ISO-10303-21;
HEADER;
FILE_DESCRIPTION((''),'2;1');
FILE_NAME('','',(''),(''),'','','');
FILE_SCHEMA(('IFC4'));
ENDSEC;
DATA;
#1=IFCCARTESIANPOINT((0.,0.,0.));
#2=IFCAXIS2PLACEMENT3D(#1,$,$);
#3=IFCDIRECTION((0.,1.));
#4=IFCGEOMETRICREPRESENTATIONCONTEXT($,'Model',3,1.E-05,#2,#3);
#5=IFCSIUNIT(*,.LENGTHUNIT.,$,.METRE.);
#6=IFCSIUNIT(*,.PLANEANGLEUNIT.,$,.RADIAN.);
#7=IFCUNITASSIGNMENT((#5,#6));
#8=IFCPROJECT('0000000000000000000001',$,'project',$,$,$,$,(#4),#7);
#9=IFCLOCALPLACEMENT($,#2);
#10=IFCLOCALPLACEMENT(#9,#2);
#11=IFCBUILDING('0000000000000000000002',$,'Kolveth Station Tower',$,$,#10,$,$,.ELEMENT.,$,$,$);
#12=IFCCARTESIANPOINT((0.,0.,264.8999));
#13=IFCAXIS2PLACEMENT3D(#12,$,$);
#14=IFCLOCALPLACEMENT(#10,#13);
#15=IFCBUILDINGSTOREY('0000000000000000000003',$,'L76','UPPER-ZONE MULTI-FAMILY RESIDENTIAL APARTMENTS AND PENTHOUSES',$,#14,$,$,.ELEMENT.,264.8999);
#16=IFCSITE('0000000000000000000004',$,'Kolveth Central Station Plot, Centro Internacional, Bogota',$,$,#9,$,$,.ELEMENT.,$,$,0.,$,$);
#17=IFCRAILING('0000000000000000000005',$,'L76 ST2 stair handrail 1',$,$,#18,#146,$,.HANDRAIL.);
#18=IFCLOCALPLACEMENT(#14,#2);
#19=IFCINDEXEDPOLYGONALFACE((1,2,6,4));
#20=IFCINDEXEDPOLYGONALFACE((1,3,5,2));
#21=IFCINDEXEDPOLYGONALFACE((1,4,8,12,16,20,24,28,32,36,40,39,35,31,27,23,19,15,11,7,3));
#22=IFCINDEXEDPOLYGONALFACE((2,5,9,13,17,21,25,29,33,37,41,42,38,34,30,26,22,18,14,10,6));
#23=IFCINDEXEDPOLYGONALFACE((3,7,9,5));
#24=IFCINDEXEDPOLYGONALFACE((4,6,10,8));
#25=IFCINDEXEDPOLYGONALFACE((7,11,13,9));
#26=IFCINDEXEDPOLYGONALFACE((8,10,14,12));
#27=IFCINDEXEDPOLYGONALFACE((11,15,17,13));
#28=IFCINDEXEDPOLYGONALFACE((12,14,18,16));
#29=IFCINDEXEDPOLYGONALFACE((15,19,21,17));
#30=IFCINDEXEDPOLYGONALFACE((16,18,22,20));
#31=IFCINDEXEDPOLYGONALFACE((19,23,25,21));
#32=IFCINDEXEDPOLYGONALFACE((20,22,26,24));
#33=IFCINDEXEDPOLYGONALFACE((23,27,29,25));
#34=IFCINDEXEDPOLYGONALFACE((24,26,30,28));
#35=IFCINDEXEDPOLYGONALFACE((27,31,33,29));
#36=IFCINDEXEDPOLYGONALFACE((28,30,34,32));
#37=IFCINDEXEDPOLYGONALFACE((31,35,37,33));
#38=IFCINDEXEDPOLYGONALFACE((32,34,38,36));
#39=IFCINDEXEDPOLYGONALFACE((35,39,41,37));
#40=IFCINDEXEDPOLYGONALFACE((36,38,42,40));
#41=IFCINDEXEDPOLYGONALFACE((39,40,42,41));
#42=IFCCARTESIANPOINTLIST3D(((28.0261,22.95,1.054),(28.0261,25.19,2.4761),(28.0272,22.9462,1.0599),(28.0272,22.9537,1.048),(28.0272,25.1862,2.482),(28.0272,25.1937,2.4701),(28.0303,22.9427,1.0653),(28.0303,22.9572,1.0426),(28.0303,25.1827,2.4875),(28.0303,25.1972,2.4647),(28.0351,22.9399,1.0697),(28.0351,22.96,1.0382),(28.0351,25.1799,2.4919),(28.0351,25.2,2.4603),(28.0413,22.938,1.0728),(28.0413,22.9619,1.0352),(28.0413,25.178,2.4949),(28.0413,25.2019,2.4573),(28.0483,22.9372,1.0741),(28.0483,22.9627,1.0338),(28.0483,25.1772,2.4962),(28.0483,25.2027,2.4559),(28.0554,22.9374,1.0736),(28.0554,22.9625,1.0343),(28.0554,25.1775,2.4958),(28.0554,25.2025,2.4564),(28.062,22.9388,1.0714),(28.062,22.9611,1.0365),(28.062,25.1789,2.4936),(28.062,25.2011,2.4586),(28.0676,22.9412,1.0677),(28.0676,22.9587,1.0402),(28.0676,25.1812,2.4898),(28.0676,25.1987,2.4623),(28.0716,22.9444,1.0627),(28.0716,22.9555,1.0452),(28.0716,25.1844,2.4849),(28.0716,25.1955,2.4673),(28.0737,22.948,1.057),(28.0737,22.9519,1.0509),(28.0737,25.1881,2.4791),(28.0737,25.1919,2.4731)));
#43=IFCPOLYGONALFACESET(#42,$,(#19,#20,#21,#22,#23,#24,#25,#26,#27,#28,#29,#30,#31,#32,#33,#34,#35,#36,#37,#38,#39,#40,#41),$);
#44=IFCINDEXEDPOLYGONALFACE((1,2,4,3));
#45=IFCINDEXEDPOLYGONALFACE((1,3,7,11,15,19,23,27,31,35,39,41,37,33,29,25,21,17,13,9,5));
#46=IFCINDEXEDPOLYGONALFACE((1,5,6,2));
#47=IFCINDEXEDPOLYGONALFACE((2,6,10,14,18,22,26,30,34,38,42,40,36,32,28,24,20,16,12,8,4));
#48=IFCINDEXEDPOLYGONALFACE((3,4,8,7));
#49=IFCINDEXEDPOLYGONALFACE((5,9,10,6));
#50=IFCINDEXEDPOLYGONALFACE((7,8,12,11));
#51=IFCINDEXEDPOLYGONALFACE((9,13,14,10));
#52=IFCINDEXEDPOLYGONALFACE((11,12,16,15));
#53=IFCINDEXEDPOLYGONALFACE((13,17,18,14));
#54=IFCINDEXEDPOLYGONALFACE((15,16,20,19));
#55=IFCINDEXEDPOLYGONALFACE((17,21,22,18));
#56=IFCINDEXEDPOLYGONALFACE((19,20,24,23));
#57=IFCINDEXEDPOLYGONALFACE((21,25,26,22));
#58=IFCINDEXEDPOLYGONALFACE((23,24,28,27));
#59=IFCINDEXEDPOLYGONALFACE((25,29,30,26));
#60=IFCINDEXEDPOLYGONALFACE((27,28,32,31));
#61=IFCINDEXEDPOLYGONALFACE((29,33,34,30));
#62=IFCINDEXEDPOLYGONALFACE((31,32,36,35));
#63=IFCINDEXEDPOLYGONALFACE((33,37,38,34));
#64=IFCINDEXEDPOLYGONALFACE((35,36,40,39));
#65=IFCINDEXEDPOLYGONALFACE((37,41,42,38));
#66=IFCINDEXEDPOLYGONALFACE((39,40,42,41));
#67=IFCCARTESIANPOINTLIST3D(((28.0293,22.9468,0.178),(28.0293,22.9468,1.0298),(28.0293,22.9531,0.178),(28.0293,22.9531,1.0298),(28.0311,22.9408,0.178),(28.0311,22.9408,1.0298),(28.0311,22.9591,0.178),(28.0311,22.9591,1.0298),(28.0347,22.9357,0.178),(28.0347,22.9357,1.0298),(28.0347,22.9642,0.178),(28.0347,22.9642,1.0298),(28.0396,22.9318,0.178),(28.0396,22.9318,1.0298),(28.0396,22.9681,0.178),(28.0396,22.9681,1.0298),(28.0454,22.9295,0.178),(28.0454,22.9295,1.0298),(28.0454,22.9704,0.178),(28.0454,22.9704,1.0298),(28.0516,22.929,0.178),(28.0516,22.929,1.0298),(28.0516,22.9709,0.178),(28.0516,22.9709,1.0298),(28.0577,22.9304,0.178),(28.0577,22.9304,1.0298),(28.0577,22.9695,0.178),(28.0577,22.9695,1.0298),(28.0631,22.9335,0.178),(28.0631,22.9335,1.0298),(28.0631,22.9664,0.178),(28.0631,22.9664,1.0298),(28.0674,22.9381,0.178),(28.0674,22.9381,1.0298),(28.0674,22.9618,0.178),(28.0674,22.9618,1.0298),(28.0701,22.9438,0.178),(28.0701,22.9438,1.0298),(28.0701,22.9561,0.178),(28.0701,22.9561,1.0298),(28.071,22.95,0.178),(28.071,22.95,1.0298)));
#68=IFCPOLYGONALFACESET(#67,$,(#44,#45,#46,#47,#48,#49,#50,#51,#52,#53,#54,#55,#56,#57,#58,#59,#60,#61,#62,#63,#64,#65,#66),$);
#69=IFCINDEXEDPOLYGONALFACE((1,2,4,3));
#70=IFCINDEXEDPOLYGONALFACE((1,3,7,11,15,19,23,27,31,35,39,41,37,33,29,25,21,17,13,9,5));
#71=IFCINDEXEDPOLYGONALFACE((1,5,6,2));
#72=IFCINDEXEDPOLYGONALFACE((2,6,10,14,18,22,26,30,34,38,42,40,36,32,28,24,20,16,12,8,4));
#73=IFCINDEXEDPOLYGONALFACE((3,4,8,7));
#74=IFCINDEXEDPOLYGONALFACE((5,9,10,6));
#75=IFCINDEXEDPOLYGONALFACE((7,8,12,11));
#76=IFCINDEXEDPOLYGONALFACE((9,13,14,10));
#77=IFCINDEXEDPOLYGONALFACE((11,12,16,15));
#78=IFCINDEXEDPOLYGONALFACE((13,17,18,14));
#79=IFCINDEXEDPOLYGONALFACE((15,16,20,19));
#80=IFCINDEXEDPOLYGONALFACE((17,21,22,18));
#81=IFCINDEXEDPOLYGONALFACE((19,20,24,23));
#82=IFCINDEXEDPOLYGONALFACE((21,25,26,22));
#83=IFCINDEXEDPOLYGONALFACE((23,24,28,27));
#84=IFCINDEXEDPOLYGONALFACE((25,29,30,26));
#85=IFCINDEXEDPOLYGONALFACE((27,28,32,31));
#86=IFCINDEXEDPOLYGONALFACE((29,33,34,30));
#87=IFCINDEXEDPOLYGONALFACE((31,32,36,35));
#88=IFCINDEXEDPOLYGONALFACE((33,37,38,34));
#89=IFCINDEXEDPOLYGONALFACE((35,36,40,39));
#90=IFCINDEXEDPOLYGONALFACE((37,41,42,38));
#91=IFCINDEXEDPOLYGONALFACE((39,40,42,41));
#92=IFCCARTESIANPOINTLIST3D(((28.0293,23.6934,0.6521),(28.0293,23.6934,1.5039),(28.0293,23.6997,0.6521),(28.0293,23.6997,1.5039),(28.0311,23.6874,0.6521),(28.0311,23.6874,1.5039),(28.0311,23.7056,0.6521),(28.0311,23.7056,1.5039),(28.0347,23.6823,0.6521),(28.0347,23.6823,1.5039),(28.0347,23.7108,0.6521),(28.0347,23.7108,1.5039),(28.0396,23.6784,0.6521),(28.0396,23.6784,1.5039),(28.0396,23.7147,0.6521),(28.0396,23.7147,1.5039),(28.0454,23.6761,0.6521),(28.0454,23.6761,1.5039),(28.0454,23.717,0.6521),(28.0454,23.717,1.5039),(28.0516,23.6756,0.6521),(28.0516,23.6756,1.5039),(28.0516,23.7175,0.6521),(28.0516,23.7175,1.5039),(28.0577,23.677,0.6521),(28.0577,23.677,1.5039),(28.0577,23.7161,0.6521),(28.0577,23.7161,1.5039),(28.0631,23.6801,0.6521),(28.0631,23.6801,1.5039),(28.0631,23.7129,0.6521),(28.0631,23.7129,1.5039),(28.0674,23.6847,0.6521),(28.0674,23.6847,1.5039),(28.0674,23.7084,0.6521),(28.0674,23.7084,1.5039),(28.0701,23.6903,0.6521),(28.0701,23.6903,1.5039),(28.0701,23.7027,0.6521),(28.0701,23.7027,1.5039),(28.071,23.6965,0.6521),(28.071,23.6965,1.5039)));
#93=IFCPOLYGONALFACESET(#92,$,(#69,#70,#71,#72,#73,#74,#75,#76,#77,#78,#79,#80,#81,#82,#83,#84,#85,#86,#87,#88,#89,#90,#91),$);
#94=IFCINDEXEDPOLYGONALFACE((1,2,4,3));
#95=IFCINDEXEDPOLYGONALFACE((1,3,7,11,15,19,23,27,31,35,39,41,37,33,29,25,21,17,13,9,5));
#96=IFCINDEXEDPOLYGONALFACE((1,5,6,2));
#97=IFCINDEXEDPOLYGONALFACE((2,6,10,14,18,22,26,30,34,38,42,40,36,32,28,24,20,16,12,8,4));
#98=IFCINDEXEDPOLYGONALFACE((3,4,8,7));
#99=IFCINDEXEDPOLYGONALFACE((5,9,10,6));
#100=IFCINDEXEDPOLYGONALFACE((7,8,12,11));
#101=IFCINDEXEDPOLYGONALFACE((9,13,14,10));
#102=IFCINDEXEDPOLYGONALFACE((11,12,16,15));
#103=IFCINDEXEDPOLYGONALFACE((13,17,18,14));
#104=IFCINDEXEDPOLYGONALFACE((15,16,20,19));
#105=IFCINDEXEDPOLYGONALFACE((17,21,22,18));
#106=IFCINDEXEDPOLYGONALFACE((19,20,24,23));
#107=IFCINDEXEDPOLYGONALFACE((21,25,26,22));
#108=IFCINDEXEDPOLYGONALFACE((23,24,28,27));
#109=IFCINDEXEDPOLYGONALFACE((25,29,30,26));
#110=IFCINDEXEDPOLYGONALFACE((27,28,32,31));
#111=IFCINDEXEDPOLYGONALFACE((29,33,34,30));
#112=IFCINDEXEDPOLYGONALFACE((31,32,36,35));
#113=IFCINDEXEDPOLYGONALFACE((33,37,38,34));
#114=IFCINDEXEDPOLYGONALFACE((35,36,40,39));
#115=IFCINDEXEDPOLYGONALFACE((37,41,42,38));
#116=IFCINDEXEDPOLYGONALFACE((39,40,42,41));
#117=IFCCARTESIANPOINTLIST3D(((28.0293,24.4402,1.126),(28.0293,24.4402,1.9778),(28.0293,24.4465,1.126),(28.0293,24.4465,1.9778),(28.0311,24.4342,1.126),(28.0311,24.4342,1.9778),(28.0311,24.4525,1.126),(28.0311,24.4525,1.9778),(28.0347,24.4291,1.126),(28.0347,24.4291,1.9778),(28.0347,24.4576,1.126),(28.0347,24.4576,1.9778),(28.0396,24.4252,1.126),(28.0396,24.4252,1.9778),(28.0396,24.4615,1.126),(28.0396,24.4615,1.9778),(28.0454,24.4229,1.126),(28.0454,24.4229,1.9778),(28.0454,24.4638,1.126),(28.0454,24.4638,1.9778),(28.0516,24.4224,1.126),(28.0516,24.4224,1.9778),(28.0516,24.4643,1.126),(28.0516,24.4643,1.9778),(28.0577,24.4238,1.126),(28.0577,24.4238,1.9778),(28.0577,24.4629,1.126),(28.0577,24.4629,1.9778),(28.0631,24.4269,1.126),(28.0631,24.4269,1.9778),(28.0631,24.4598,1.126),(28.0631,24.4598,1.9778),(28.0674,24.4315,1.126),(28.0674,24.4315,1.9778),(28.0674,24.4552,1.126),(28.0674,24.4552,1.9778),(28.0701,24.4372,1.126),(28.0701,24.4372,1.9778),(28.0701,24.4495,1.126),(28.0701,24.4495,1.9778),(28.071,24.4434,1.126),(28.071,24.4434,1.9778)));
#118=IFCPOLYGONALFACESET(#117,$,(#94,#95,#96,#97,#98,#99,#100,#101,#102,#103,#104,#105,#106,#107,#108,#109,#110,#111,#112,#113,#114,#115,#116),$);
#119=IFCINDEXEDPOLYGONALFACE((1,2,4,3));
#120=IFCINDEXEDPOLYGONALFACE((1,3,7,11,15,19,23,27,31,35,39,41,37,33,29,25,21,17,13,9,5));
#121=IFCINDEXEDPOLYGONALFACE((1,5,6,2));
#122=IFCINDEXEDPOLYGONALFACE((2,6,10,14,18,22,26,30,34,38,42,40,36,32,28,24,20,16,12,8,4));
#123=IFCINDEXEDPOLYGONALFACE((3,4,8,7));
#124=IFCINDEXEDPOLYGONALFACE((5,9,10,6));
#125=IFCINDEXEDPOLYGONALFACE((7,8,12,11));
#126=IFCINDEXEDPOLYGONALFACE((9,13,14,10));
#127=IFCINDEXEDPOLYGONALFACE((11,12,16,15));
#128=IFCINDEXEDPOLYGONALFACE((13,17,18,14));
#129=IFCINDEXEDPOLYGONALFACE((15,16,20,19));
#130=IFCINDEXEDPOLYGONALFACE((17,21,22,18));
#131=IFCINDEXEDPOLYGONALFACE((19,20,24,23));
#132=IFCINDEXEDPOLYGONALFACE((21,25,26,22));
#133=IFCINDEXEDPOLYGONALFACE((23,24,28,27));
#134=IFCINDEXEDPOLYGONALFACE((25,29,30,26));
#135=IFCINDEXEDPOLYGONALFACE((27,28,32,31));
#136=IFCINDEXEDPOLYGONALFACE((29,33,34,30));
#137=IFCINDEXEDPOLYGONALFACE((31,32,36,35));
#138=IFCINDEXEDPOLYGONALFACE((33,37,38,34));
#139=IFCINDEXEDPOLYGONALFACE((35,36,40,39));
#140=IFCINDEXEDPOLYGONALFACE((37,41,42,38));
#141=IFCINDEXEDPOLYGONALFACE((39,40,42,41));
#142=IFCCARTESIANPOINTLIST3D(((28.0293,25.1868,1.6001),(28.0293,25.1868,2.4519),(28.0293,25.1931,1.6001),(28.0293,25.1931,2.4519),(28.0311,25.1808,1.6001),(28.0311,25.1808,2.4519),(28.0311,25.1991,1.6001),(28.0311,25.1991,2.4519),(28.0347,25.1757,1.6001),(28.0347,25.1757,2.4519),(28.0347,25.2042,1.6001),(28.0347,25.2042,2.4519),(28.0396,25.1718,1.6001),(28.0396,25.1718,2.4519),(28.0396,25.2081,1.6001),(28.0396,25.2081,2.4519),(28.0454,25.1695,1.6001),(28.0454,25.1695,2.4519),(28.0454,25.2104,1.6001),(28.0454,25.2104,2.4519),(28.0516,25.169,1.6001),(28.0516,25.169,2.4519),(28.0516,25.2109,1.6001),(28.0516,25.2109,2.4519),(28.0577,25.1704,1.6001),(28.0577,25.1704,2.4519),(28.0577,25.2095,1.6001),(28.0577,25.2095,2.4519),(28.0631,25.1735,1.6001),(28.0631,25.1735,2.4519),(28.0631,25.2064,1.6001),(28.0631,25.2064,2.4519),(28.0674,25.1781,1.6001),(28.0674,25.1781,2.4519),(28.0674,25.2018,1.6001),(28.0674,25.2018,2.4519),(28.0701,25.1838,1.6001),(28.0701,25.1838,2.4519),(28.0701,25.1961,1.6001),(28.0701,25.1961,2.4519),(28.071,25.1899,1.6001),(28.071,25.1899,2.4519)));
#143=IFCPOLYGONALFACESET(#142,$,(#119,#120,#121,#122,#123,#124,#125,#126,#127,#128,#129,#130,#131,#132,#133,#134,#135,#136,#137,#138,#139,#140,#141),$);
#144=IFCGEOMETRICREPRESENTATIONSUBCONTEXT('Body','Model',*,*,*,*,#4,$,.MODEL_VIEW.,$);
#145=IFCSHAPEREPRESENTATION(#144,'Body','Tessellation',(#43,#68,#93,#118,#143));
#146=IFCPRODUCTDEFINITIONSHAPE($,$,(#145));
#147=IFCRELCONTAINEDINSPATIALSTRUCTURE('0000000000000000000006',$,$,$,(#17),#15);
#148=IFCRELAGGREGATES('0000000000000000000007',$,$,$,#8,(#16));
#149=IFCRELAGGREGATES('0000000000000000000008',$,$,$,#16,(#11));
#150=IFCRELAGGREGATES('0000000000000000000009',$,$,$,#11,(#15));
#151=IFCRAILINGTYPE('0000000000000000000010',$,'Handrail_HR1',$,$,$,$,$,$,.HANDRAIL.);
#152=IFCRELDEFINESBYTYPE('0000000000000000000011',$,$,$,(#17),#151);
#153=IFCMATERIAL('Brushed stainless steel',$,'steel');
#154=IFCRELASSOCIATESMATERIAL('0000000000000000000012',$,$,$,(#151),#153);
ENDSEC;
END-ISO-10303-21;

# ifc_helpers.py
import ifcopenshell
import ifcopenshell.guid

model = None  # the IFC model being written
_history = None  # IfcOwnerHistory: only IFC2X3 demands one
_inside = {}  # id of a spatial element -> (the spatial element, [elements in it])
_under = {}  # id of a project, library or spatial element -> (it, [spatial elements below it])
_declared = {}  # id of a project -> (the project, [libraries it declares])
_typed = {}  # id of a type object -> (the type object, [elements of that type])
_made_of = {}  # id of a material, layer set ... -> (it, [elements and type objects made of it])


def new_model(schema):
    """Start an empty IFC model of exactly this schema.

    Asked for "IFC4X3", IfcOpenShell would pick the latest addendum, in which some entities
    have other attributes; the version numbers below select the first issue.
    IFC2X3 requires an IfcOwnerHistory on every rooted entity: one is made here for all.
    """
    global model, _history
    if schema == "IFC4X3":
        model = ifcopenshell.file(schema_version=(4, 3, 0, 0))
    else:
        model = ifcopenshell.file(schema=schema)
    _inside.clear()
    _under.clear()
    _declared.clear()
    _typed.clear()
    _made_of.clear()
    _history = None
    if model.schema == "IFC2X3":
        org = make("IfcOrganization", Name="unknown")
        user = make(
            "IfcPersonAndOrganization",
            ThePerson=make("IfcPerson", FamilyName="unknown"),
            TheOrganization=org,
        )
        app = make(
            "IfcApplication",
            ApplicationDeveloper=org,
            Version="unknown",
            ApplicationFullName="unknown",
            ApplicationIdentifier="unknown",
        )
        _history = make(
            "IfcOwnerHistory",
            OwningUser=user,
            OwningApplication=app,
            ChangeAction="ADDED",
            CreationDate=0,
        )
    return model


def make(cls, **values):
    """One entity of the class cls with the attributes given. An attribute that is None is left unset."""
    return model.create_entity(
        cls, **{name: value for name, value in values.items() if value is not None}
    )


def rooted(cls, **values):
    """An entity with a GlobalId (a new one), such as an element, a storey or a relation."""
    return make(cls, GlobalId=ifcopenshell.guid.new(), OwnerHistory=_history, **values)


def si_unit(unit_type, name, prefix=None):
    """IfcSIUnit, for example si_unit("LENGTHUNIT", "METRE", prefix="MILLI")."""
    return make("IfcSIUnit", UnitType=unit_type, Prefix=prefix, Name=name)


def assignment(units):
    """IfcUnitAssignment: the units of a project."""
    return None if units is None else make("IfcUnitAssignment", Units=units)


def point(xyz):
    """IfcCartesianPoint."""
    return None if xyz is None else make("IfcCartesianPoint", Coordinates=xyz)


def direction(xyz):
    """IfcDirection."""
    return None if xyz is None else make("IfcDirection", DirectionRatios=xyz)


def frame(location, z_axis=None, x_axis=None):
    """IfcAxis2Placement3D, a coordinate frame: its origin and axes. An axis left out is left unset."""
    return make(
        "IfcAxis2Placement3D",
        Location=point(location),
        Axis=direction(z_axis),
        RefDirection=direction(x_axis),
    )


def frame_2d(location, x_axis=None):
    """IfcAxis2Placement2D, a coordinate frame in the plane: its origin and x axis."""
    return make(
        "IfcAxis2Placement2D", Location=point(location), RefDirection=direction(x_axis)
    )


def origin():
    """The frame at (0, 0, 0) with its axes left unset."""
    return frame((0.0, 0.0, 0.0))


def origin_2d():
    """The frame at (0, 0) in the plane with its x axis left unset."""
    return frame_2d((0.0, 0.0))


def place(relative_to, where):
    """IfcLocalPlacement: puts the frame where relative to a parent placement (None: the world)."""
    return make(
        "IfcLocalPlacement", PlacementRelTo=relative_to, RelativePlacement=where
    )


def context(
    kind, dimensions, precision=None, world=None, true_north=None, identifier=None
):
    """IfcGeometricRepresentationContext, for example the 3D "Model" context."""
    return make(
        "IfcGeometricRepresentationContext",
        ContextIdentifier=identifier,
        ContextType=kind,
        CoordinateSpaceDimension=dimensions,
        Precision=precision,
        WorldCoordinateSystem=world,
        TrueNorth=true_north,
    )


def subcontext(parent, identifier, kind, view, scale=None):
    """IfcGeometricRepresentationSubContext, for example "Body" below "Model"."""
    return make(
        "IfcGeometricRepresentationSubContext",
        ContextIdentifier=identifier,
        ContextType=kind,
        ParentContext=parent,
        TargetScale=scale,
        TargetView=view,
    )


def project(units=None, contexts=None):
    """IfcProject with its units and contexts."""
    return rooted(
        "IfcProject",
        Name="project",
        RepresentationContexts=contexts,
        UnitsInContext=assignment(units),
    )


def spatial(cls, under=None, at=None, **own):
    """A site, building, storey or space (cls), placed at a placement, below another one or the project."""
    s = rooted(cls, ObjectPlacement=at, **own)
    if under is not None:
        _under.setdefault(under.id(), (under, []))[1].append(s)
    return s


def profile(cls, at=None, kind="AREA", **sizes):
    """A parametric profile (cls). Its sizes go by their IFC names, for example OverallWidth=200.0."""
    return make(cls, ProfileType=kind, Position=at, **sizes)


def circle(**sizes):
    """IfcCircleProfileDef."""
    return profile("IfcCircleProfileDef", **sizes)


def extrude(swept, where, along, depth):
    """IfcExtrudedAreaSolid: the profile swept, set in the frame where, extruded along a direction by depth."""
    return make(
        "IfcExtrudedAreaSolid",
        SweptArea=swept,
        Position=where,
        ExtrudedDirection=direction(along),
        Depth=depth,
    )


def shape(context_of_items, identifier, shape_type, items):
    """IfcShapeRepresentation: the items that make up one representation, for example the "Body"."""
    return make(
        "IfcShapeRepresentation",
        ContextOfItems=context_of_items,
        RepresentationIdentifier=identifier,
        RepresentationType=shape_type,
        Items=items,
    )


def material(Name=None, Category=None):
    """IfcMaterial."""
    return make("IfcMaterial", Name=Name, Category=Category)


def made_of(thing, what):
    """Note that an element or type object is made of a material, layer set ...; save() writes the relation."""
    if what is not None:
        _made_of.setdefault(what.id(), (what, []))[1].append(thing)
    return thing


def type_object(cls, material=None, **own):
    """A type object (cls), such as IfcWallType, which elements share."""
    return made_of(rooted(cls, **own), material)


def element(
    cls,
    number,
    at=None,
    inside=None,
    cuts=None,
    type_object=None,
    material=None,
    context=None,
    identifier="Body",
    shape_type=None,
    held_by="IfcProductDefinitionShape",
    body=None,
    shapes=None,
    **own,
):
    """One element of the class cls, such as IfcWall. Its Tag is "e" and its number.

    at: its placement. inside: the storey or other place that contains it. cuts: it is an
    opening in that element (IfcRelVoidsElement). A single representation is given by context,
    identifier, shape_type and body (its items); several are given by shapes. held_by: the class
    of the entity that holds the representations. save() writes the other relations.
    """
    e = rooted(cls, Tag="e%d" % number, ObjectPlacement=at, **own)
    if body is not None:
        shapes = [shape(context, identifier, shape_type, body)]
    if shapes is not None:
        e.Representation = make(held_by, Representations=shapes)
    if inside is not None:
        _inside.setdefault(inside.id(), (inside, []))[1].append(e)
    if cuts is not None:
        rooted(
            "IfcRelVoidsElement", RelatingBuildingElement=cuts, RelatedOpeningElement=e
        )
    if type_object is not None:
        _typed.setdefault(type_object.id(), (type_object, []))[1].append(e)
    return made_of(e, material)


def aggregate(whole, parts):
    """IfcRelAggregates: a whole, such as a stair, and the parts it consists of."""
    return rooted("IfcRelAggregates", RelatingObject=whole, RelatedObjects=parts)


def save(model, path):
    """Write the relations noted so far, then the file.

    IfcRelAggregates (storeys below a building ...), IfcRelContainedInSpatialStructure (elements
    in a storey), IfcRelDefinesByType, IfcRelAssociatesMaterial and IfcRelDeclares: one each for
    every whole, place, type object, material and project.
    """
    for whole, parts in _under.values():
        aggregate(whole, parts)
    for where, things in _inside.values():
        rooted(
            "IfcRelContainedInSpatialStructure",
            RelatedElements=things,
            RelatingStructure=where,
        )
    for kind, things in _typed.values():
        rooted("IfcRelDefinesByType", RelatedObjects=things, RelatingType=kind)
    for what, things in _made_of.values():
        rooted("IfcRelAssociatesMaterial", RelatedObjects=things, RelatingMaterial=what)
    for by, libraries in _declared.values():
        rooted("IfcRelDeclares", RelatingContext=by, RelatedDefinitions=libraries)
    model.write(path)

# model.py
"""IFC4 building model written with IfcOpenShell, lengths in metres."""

from ifc_helpers import new_model, si_unit, direction, frame, origin, origin_2d, place, context, subcontext, project, spatial, circle, extrude, material, type_object, element, save


model = new_model("IFC4")

# Units and contexts
model_context = context("Model", 3, precision=1e-05, world=origin(), true_north=direction((0.0, 1.0)))
body_context = subcontext(model_context, "Body", "Model", "MODEL_VIEW")
ifc_project = project(units=[si_unit("LENGTHUNIT", "METRE"), si_unit("PLANEANGLEUNIT", "RADIAN")], contexts=[model_context])

# Site, building, storey
site_placement = place(None, origin())
site = spatial("IfcSite", under=ifc_project, at=site_placement, Name="Kolveth Central Station Plot, Centro Internacional, Bogota", CompositionType="ELEMENT", RefElevation=0.0)
building_placement = place(site_placement, origin())
building = spatial("IfcBuilding", under=site, at=building_placement, Name="Kolveth Station Tower", CompositionType="ELEMENT")
storey_placement = place(building_placement, frame((0.0, 0.0, 264.8999)))
storey = spatial("IfcBuildingStorey", under=building, at=storey_placement, Name="L76", Description="UPPER-ZONE MULTI-FAMILY RESIDENTIAL APARTMENTS AND PENTHOUSES", CompositionType="ELEMENT", Elevation=264.8999)

# Railing
ifc_material_1 = material(Name="Brushed stainless steel", Category="steel")
railing_type_1 = type_object("IfcRailingType", Name="Handrail_HR1", PredefinedType="HANDRAIL", material=ifc_material_1)
railing_1_placement = place(storey_placement, frame((28.05, 22.95, 0.178)))
element("IfcRailing", 1, at=railing_1_placement, inside=storey, type_object=railing_type_1, Name="L76 ST2 stair handrail 1", PredefinedType="HANDRAIL", context=body_context, shape_type="SweptSolid", body=[
    extrude(circle(Radius=0.0239, at=origin_2d()), frame((0.0, 0.0, 0.876), z_axis=(0.0, 0.844229, 0.535982), x_axis=(-1.0, 0.0, 0.0)), (0.0, 0.0, 1.0), 2.6533),
    extrude(circle(Radius=0.021, at=origin_2d()), origin(), (0.0, 0.0, 1.0), 0.8518),
    extrude(circle(Radius=0.021, at=origin_2d()), frame((0.0, 0.7466, 0.4741)), (0.0, 0.0, 1.0), 0.8518),
    extrude(circle(Radius=0.021, at=origin_2d()), frame((0.0, 1.4934, 0.948)), (0.0, 0.0, 1.0), 0.8518),
    extrude(circle(Radius=0.021, at=origin_2d()), frame((0.0, 2.24, 1.4221)), (0.0, 0.0, 1.0), 0.8518),
])

save(model, "model.ifc")
